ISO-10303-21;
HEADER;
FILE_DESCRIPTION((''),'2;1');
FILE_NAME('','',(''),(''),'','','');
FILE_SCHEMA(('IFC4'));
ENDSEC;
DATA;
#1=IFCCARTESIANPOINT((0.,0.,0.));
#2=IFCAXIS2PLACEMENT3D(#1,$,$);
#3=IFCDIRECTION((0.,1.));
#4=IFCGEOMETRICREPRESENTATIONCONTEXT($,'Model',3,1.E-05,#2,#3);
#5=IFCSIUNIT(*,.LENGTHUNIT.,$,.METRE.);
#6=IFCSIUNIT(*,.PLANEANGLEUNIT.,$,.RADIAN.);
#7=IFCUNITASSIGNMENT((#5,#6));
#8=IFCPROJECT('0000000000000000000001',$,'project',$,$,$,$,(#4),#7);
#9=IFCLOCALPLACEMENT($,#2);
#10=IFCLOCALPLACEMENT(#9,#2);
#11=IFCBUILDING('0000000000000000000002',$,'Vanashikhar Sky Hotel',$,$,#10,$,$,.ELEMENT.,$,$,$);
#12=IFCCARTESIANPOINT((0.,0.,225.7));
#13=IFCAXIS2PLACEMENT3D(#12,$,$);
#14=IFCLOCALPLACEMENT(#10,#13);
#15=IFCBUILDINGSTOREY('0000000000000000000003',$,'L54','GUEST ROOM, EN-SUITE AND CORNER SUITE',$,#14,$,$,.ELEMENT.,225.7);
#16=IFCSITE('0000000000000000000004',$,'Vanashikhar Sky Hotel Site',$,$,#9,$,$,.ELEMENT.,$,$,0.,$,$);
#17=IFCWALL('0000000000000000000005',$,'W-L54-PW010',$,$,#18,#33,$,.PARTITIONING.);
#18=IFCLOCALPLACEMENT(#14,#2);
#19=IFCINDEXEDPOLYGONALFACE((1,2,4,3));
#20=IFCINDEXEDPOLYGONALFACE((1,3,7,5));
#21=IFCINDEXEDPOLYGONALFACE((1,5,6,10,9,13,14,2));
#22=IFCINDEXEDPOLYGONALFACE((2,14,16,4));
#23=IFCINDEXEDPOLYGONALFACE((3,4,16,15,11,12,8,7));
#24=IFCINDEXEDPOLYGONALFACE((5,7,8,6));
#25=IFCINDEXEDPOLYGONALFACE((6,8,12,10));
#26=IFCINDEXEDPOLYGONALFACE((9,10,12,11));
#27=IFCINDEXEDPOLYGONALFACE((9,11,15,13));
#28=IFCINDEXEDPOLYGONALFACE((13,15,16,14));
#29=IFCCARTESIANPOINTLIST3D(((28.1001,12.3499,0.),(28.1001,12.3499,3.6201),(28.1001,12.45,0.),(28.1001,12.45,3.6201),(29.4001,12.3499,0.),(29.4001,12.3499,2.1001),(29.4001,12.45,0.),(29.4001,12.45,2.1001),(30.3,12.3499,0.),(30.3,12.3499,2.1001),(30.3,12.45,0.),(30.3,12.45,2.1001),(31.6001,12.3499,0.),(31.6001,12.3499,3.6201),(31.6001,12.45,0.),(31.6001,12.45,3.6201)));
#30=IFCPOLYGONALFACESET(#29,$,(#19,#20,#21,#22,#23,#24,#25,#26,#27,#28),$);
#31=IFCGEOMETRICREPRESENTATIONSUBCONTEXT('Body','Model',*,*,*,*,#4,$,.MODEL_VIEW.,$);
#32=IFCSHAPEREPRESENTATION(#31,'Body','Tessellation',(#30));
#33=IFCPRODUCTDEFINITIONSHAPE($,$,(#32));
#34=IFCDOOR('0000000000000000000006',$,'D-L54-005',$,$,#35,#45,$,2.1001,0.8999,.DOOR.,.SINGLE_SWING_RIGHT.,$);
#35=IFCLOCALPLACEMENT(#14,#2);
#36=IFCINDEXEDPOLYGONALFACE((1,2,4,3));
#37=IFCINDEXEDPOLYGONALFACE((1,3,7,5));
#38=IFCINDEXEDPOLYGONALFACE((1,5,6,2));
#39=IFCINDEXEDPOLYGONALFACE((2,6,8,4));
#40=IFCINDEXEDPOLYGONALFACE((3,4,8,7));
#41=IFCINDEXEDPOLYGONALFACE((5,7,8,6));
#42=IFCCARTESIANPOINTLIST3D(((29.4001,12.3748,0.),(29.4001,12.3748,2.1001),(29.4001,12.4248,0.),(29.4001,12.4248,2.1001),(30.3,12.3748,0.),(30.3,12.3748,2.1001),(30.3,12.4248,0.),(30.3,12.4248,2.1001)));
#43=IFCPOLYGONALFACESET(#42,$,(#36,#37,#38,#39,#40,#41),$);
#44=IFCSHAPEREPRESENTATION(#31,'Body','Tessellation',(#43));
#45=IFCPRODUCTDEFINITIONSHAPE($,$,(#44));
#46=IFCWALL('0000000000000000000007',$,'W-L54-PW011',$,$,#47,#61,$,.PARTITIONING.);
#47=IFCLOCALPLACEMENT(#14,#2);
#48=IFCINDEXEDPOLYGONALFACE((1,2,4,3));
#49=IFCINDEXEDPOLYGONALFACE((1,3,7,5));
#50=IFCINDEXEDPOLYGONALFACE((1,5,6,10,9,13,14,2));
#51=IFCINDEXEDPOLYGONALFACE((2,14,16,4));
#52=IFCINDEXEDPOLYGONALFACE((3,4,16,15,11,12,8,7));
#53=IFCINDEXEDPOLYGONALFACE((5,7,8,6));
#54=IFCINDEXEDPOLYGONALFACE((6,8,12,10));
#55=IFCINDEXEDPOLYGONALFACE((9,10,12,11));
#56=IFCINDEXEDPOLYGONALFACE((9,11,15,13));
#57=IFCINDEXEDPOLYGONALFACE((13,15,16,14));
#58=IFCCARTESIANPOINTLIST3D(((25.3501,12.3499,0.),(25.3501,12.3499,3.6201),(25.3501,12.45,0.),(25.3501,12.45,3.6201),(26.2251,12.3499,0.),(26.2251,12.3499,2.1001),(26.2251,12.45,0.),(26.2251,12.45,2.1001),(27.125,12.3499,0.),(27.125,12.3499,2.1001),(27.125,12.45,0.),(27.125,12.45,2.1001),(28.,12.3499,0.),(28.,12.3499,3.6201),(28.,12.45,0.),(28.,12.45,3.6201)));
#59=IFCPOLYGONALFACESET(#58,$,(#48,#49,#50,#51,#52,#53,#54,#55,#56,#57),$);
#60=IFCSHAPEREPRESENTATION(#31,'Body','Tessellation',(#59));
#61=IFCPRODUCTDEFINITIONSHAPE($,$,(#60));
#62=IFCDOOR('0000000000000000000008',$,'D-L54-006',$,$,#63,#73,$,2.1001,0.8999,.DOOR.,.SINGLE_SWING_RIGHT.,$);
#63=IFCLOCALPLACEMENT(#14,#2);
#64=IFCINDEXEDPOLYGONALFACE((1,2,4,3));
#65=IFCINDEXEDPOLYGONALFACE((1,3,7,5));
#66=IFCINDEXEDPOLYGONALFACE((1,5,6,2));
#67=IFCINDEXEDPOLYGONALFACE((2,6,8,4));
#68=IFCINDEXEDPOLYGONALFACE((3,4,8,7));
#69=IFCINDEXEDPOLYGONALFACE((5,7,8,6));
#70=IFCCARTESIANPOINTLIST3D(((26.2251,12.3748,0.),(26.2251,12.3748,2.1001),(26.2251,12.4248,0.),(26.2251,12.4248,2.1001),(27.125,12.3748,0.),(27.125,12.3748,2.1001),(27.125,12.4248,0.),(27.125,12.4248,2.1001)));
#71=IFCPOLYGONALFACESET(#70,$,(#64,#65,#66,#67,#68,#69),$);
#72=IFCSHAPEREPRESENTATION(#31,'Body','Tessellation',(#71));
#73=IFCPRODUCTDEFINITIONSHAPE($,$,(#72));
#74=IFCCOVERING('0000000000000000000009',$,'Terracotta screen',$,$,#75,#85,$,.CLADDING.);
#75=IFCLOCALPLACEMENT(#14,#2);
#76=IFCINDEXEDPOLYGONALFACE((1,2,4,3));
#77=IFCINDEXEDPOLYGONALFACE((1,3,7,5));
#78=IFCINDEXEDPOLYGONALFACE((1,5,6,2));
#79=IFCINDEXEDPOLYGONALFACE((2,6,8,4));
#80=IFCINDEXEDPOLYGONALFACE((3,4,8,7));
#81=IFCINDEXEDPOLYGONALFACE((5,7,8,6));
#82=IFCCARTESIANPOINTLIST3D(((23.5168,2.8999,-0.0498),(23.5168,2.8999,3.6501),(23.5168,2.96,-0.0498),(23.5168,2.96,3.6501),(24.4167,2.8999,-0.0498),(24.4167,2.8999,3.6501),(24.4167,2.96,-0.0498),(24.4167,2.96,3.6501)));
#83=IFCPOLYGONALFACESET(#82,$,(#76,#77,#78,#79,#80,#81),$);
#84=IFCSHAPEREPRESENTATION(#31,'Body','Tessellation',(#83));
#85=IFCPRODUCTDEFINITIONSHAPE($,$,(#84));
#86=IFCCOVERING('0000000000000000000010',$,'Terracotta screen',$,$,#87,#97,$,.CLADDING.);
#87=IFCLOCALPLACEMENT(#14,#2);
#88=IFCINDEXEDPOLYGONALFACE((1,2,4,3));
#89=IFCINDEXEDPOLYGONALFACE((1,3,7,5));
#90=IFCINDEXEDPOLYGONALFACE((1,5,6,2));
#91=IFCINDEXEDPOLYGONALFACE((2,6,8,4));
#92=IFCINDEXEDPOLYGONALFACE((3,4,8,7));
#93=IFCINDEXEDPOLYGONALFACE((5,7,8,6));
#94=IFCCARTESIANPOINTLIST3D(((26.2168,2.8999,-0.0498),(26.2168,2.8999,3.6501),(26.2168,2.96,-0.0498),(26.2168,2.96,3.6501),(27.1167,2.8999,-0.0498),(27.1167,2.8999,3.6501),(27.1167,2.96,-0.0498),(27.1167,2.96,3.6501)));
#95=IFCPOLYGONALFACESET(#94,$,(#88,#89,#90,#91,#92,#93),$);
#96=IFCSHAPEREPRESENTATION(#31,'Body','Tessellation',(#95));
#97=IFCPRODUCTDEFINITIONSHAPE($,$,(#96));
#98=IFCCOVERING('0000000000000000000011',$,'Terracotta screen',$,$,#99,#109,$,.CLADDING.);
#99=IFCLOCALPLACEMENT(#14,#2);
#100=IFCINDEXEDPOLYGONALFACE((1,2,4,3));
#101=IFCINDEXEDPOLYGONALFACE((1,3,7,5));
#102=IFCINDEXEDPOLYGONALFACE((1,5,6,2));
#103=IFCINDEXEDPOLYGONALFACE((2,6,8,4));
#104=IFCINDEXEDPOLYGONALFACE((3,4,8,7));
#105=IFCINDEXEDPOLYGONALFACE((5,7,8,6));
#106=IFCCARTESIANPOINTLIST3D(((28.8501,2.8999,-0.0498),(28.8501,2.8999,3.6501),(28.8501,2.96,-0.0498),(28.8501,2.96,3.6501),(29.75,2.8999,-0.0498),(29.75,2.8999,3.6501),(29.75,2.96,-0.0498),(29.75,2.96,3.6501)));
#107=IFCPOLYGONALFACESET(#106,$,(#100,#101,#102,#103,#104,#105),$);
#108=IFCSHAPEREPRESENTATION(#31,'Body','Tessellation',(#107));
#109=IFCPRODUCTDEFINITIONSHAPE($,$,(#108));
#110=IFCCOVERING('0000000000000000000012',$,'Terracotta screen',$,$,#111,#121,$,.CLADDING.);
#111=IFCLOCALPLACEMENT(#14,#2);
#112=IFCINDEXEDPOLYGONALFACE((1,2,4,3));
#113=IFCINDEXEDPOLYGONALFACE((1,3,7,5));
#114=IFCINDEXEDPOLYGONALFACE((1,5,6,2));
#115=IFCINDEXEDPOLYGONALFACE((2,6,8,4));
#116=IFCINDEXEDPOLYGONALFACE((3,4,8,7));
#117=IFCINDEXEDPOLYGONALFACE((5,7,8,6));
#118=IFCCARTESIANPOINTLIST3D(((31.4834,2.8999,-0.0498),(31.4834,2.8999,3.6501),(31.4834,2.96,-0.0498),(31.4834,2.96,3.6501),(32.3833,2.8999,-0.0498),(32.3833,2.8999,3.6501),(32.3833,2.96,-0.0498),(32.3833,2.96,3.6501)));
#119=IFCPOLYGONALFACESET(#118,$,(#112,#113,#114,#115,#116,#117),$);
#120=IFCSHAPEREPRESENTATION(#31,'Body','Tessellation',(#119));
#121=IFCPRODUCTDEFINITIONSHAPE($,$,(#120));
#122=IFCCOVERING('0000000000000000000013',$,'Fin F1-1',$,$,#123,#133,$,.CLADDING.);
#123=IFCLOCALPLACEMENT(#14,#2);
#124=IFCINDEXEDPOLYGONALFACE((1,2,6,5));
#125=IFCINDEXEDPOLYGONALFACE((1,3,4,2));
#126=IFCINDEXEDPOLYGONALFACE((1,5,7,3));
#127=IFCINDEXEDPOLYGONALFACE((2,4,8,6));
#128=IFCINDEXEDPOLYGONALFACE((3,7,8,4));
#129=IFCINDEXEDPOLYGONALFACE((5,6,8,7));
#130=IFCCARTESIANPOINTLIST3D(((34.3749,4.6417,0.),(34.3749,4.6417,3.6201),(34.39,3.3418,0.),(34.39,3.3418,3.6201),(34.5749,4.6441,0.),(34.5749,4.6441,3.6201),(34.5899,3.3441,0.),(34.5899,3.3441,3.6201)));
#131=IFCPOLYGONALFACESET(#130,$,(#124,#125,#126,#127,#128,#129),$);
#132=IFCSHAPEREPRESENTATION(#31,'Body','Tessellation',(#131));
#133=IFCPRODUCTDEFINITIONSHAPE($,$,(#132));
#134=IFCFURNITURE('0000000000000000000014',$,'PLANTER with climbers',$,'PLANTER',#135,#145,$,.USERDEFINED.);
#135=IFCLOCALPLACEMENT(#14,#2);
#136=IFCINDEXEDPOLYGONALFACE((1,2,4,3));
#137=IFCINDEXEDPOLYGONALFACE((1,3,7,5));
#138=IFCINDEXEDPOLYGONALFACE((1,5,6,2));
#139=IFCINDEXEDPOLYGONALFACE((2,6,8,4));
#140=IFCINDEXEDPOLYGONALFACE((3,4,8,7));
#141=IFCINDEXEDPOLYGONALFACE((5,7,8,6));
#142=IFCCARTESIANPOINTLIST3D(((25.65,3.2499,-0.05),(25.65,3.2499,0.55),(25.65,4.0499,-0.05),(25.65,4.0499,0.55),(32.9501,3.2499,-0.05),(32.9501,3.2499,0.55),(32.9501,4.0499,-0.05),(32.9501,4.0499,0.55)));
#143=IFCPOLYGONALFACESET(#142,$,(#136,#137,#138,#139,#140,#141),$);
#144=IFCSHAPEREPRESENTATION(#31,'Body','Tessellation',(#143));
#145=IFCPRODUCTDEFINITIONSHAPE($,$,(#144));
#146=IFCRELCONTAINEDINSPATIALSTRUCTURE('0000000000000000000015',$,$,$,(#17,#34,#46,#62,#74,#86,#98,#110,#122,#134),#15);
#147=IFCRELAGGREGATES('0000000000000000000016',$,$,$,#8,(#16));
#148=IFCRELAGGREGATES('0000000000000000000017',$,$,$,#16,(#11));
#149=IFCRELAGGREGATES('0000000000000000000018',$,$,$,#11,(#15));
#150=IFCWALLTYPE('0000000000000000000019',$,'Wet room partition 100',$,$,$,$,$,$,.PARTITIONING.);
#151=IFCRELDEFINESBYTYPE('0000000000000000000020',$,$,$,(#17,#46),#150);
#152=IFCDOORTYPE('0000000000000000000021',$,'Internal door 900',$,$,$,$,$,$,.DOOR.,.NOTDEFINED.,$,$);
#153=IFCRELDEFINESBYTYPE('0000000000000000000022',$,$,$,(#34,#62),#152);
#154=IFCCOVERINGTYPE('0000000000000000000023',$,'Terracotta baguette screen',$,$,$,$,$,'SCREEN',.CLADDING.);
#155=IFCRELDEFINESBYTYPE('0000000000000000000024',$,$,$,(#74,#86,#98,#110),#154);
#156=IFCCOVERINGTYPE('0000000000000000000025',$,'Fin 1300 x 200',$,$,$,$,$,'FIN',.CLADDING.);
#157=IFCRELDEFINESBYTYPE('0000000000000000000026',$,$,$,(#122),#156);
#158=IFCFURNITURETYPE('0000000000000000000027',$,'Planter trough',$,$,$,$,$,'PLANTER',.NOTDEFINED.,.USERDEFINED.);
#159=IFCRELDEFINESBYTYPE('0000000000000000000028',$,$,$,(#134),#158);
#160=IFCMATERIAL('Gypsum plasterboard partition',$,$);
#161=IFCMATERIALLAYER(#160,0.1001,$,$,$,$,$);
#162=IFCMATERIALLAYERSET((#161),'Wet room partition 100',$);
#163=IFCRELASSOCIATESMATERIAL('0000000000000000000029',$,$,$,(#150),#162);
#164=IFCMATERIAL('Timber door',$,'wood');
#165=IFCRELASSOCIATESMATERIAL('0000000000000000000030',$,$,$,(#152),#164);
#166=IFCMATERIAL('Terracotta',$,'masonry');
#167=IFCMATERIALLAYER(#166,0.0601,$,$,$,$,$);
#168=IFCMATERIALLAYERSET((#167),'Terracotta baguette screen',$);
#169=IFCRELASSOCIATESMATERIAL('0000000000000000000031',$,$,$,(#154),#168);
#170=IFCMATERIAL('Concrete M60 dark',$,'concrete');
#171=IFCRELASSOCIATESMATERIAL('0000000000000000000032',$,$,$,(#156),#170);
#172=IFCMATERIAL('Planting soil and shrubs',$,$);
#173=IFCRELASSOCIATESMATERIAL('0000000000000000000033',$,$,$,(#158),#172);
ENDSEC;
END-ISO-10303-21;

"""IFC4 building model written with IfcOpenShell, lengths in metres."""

from ifc_helpers import new_model, si_unit, direction, frame, frame_2d, origin, origin_2d, place, context, subcontext, project, spatial, rectangle, extrude, source, transform, mapped, material, layer, layer_set, material_profile, profile_set, type_object, element, fill, save


model = new_model("IFC4")

# Units and contexts
model_context = context("Model", 3, precision=1e-05, world=origin(), true_north=direction((0.0, 1.0)))
body_context = subcontext(model_context, "Body", "Model", "MODEL_VIEW")
ifc_project = project(units=[si_unit("LENGTHUNIT", "METRE"), si_unit("PLANEANGLEUNIT", "RADIAN")], contexts=[model_context])

# Site, building, storey
site_placement = place(None, origin())
site = spatial("IfcSite", under=ifc_project, at=site_placement, Name="Vanashikhar Sky Hotel Site", CompositionType="ELEMENT", RefElevation=0.0)
building_placement = place(site_placement, origin())
building = spatial("IfcBuilding", under=site, at=building_placement, Name="Vanashikhar Sky Hotel", CompositionType="ELEMENT")
storey_placement = place(building_placement, frame((0.0, 0.0, 225.7)))
storey = spatial("IfcBuildingStorey", under=building, at=storey_placement, Name="L54", Description="GUEST ROOM, EN-SUITE AND CORNER SUITE", CompositionType="ELEMENT", Elevation=225.7)

# Shared definitions
ifc_material_1 = material(Name="Gypsum plasterboard partition")
ifc_layer_1 = layer(ifc_material_1, 0.1001)
ifc_layer_set_1 = layer_set([ifc_layer_1], Name="Wet room partition 100")
wall_type_1 = type_object("IfcWallType", Name="Wet room partition 100", PredefinedType="PARTITIONING", material=ifc_layer_set_1)

# Walls, openings, doors
shared_shape_1 = source(origin(), body_context, "Body", "SweptSolid", [
    extrude(rectangle(XDim=3.5, YDim=0.1001, at=frame_2d((1.75, 0.0))), origin(), (0.0, 0.0, 1.0), 3.6201),
])
wall_1_placement = place(storey_placement, frame((28.1001, 12.3999, 0.0), z_axis=(0.0, 0.0, 1.0), x_axis=(1.0, 0.0, 0.0)))
wall_1 = element("IfcWall", 1, at=wall_1_placement, inside=storey, type_object=wall_type_1, Name="W-L54-PW010", PredefinedType="PARTITIONING", context=body_context, shape_type="MappedRepresentation", body=[
    mapped(shared_shape_1, transform((0.0, 0.0, 0.0), scale=1.0)),
])
shared_shape_2 = source(origin(), body_context, "Body", "SweptSolid", [
    extrude(rectangle(XDim=0.8999, YDim=2.1001, at=frame_2d((0.45, 1.05))), frame((0.0, 0.0601, 0.0), z_axis=(0.0, -1.0, 0.0), x_axis=(1.0, 0.0, 0.0)), (0.0, 0.0, 1.0), 0.1201),
])
opening_1_placement = place(wall_1_placement, frame((1.3, 0.0, 0.0)))
opening_1 = element("IfcOpeningElement", 2, at=opening_1_placement, cuts=wall_1, PredefinedType="OPENING", context=body_context, shape_type="MappedRepresentation", body=[
    mapped(shared_shape_2, transform((0.0, 0.0, 0.0), scale=1.0)),
])
ifc_material_2 = material(Name="Timber door", Category="wood")
door_type_1 = type_object("IfcDoorType", Name="Internal door 900", OperationType="NOTDEFINED", PredefinedType="DOOR", material=ifc_material_2)
shared_shape_3 = source(origin(), body_context, "Body", "SweptSolid", [
    extrude(rectangle(XDim=0.8999, YDim=2.1001, at=frame_2d((0.45, 1.05))), frame((0.0, 0.0249, 0.0), z_axis=(0.0, -1.0, 0.0), x_axis=(1.0, 0.0, 0.0)), (0.0, 0.0, 1.0), 0.05),
])
door_1_placement = place(opening_1_placement, origin())
door_1 = element("IfcDoor", 3, at=door_1_placement, inside=storey, type_object=door_type_1, Name="D-L54-005", OperationType="SINGLE_SWING_RIGHT", OverallHeight=2.1001, OverallWidth=0.8999, PredefinedType="DOOR", context=body_context, shape_type="MappedRepresentation", body=[
    mapped(shared_shape_3, transform((0.0, 0.0, 0.0), scale=1.0)),
])
fill(opening_1, door_1)
shared_shape_4 = source(origin(), body_context, "Body", "SweptSolid", [
    extrude(rectangle(XDim=2.6499, YDim=0.1001, at=frame_2d((1.325, 0.0))), origin(), (0.0, 0.0, 1.0), 3.6201),
])
wall_2_placement = place(storey_placement, frame((25.3501, 12.3999, 0.0), z_axis=(0.0, 0.0, 1.0), x_axis=(1.0, 0.0, 0.0)))
wall_2 = element("IfcWall", 4, at=wall_2_placement, inside=storey, type_object=wall_type_1, Name="W-L54-PW011", PredefinedType="PARTITIONING", context=body_context, shape_type="MappedRepresentation", body=[
    mapped(shared_shape_4, transform((0.0, 0.0, 0.0), scale=1.0)),
])
opening_2_placement = place(wall_2_placement, frame((0.875, 0.0, 0.0)))
opening_2 = element("IfcOpeningElement", 5, at=opening_2_placement, cuts=wall_2, PredefinedType="OPENING", context=body_context, shape_type="MappedRepresentation", body=[
    mapped(shared_shape_2, transform((0.0, 0.0, 0.0), scale=1.0)),
])
door_2_placement = place(opening_2_placement, origin())
door_2 = element("IfcDoor", 6, at=door_2_placement, inside=storey, type_object=door_type_1, Name="D-L54-006", OperationType="SINGLE_SWING_RIGHT", OverallHeight=2.1001, OverallWidth=0.8999, PredefinedType="DOOR", context=body_context, shape_type="MappedRepresentation", body=[
    mapped(shared_shape_3, transform((0.0, 0.0, 0.0), scale=1.0)),
])
fill(opening_2, door_2)

# Coverings
ifc_material_3 = material(Name="Terracotta", Category="masonry")
ifc_layer_2 = layer(ifc_material_3, 0.0601)
ifc_layer_set_2 = layer_set([ifc_layer_2], Name="Terracotta baguette screen")
covering_type_1 = type_object("IfcCoveringType", Name="Terracotta baguette screen", ElementType="SCREEN", PredefinedType="CLADDING", material=ifc_layer_set_2)
shared_shape_5 = source(origin(), body_context, "Body", "SweptSolid", [
    extrude(rectangle(XDim=0.8999, YDim=0.0601, at=origin_2d()), origin(), (0.0, 0.0, 1.0), 3.7),
])
for number, where, z_axis, x_axis, name in (
    (7, (23.9668, 2.9299, -0.0498), (0.0, 0.0, 1.0), (1.0, 0.0, 0.0), "Terracotta screen"),
    (8, (26.6667, 2.9299, -0.0498), (0.0, 0.0, 1.0), (1.0, 0.0, 0.0), "Terracotta screen"),
    (9, (29.3, 2.9299, -0.0498), (0.0, 0.0, 1.0), (1.0, 0.0, 0.0), "Terracotta screen"),
    (10, (31.9333, 2.9299, -0.0498), (0.0, 0.0, 1.0), (1.0, 0.0, 0.0), "Terracotta screen"),
):
    element("IfcCovering", number, at=place(storey_placement, frame(where, z_axis=z_axis, x_axis=x_axis)), inside=storey, type_object=covering_type_1, Name=name, PredefinedType="CLADDING", context=body_context, shape_type="MappedRepresentation", body=[
        mapped(shared_shape_5, transform((0.0, 0.0, 0.0), scale=1.0)),
    ])
ifc_material_4 = material(Name="Concrete M60 dark", Category="concrete")
ifc_material_profile_1 = material_profile(ifc_material_4, rectangle(XDim=1.3, YDim=0.2, at=origin_2d()))
ifc_profile_set_1 = profile_set([ifc_material_profile_1], Name="Fin 1300 x 200")
covering_type_2 = type_object("IfcCoveringType", Name="Fin 1300 x 200", ElementType="FIN", PredefinedType="CLADDING", material=ifc_profile_set_1)
shared_shape_6 = source(origin(), body_context, "Body", "SweptSolid", [
    extrude(rectangle(XDim=1.3, YDim=0.2, at=origin_2d()), origin(), (0.0, 0.0, 1.0), 3.6201),
])
covering_placement = place(storey_placement, frame((34.4824, 3.9929, 0.0), z_axis=(0.0, 0.0, 1.0), x_axis=(0.011589, -0.999933, 0.0)))
element("IfcCovering", 11, at=covering_placement, inside=storey, type_object=covering_type_2, Name="Fin F1-1", PredefinedType="CLADDING", context=body_context, shape_type="MappedRepresentation", body=[
    mapped(shared_shape_6, transform((0.0, 0.0, 0.0), scale=1.0)),
])

# Furniture
ifc_material_5 = material(Name="Planting soil and shrubs")
furniture_type = type_object("IfcFurnitureType", Name="Planter trough", ElementType="PLANTER", AssemblyPlace="NOTDEFINED", PredefinedType="USERDEFINED", material=ifc_material_5)
shared_shape_7 = source(origin(), body_context, "Body", "SweptSolid", [
    extrude(rectangle(XDim=7.3, YDim=0.8, at=origin_2d()), origin(), (0.0, 0.0, 1.0), 0.6001),
])
furniture_placement = place(storey_placement, frame((29.3, 3.6499, -0.05), z_axis=(0.0, 0.0, 1.0), x_axis=(1.0, 0.0, 0.0)))
element("IfcFurniture", 12, at=furniture_placement, inside=storey, type_object=furniture_type, Name="PLANTER with climbers", ObjectType="PLANTER", PredefinedType="USERDEFINED", context=body_context, shape_type="MappedRepresentation", body=[
    mapped(shared_shape_7, transform((0.0, 0.0, 0.0), scale=1.0)),
])

save(model, "model.ifc")
